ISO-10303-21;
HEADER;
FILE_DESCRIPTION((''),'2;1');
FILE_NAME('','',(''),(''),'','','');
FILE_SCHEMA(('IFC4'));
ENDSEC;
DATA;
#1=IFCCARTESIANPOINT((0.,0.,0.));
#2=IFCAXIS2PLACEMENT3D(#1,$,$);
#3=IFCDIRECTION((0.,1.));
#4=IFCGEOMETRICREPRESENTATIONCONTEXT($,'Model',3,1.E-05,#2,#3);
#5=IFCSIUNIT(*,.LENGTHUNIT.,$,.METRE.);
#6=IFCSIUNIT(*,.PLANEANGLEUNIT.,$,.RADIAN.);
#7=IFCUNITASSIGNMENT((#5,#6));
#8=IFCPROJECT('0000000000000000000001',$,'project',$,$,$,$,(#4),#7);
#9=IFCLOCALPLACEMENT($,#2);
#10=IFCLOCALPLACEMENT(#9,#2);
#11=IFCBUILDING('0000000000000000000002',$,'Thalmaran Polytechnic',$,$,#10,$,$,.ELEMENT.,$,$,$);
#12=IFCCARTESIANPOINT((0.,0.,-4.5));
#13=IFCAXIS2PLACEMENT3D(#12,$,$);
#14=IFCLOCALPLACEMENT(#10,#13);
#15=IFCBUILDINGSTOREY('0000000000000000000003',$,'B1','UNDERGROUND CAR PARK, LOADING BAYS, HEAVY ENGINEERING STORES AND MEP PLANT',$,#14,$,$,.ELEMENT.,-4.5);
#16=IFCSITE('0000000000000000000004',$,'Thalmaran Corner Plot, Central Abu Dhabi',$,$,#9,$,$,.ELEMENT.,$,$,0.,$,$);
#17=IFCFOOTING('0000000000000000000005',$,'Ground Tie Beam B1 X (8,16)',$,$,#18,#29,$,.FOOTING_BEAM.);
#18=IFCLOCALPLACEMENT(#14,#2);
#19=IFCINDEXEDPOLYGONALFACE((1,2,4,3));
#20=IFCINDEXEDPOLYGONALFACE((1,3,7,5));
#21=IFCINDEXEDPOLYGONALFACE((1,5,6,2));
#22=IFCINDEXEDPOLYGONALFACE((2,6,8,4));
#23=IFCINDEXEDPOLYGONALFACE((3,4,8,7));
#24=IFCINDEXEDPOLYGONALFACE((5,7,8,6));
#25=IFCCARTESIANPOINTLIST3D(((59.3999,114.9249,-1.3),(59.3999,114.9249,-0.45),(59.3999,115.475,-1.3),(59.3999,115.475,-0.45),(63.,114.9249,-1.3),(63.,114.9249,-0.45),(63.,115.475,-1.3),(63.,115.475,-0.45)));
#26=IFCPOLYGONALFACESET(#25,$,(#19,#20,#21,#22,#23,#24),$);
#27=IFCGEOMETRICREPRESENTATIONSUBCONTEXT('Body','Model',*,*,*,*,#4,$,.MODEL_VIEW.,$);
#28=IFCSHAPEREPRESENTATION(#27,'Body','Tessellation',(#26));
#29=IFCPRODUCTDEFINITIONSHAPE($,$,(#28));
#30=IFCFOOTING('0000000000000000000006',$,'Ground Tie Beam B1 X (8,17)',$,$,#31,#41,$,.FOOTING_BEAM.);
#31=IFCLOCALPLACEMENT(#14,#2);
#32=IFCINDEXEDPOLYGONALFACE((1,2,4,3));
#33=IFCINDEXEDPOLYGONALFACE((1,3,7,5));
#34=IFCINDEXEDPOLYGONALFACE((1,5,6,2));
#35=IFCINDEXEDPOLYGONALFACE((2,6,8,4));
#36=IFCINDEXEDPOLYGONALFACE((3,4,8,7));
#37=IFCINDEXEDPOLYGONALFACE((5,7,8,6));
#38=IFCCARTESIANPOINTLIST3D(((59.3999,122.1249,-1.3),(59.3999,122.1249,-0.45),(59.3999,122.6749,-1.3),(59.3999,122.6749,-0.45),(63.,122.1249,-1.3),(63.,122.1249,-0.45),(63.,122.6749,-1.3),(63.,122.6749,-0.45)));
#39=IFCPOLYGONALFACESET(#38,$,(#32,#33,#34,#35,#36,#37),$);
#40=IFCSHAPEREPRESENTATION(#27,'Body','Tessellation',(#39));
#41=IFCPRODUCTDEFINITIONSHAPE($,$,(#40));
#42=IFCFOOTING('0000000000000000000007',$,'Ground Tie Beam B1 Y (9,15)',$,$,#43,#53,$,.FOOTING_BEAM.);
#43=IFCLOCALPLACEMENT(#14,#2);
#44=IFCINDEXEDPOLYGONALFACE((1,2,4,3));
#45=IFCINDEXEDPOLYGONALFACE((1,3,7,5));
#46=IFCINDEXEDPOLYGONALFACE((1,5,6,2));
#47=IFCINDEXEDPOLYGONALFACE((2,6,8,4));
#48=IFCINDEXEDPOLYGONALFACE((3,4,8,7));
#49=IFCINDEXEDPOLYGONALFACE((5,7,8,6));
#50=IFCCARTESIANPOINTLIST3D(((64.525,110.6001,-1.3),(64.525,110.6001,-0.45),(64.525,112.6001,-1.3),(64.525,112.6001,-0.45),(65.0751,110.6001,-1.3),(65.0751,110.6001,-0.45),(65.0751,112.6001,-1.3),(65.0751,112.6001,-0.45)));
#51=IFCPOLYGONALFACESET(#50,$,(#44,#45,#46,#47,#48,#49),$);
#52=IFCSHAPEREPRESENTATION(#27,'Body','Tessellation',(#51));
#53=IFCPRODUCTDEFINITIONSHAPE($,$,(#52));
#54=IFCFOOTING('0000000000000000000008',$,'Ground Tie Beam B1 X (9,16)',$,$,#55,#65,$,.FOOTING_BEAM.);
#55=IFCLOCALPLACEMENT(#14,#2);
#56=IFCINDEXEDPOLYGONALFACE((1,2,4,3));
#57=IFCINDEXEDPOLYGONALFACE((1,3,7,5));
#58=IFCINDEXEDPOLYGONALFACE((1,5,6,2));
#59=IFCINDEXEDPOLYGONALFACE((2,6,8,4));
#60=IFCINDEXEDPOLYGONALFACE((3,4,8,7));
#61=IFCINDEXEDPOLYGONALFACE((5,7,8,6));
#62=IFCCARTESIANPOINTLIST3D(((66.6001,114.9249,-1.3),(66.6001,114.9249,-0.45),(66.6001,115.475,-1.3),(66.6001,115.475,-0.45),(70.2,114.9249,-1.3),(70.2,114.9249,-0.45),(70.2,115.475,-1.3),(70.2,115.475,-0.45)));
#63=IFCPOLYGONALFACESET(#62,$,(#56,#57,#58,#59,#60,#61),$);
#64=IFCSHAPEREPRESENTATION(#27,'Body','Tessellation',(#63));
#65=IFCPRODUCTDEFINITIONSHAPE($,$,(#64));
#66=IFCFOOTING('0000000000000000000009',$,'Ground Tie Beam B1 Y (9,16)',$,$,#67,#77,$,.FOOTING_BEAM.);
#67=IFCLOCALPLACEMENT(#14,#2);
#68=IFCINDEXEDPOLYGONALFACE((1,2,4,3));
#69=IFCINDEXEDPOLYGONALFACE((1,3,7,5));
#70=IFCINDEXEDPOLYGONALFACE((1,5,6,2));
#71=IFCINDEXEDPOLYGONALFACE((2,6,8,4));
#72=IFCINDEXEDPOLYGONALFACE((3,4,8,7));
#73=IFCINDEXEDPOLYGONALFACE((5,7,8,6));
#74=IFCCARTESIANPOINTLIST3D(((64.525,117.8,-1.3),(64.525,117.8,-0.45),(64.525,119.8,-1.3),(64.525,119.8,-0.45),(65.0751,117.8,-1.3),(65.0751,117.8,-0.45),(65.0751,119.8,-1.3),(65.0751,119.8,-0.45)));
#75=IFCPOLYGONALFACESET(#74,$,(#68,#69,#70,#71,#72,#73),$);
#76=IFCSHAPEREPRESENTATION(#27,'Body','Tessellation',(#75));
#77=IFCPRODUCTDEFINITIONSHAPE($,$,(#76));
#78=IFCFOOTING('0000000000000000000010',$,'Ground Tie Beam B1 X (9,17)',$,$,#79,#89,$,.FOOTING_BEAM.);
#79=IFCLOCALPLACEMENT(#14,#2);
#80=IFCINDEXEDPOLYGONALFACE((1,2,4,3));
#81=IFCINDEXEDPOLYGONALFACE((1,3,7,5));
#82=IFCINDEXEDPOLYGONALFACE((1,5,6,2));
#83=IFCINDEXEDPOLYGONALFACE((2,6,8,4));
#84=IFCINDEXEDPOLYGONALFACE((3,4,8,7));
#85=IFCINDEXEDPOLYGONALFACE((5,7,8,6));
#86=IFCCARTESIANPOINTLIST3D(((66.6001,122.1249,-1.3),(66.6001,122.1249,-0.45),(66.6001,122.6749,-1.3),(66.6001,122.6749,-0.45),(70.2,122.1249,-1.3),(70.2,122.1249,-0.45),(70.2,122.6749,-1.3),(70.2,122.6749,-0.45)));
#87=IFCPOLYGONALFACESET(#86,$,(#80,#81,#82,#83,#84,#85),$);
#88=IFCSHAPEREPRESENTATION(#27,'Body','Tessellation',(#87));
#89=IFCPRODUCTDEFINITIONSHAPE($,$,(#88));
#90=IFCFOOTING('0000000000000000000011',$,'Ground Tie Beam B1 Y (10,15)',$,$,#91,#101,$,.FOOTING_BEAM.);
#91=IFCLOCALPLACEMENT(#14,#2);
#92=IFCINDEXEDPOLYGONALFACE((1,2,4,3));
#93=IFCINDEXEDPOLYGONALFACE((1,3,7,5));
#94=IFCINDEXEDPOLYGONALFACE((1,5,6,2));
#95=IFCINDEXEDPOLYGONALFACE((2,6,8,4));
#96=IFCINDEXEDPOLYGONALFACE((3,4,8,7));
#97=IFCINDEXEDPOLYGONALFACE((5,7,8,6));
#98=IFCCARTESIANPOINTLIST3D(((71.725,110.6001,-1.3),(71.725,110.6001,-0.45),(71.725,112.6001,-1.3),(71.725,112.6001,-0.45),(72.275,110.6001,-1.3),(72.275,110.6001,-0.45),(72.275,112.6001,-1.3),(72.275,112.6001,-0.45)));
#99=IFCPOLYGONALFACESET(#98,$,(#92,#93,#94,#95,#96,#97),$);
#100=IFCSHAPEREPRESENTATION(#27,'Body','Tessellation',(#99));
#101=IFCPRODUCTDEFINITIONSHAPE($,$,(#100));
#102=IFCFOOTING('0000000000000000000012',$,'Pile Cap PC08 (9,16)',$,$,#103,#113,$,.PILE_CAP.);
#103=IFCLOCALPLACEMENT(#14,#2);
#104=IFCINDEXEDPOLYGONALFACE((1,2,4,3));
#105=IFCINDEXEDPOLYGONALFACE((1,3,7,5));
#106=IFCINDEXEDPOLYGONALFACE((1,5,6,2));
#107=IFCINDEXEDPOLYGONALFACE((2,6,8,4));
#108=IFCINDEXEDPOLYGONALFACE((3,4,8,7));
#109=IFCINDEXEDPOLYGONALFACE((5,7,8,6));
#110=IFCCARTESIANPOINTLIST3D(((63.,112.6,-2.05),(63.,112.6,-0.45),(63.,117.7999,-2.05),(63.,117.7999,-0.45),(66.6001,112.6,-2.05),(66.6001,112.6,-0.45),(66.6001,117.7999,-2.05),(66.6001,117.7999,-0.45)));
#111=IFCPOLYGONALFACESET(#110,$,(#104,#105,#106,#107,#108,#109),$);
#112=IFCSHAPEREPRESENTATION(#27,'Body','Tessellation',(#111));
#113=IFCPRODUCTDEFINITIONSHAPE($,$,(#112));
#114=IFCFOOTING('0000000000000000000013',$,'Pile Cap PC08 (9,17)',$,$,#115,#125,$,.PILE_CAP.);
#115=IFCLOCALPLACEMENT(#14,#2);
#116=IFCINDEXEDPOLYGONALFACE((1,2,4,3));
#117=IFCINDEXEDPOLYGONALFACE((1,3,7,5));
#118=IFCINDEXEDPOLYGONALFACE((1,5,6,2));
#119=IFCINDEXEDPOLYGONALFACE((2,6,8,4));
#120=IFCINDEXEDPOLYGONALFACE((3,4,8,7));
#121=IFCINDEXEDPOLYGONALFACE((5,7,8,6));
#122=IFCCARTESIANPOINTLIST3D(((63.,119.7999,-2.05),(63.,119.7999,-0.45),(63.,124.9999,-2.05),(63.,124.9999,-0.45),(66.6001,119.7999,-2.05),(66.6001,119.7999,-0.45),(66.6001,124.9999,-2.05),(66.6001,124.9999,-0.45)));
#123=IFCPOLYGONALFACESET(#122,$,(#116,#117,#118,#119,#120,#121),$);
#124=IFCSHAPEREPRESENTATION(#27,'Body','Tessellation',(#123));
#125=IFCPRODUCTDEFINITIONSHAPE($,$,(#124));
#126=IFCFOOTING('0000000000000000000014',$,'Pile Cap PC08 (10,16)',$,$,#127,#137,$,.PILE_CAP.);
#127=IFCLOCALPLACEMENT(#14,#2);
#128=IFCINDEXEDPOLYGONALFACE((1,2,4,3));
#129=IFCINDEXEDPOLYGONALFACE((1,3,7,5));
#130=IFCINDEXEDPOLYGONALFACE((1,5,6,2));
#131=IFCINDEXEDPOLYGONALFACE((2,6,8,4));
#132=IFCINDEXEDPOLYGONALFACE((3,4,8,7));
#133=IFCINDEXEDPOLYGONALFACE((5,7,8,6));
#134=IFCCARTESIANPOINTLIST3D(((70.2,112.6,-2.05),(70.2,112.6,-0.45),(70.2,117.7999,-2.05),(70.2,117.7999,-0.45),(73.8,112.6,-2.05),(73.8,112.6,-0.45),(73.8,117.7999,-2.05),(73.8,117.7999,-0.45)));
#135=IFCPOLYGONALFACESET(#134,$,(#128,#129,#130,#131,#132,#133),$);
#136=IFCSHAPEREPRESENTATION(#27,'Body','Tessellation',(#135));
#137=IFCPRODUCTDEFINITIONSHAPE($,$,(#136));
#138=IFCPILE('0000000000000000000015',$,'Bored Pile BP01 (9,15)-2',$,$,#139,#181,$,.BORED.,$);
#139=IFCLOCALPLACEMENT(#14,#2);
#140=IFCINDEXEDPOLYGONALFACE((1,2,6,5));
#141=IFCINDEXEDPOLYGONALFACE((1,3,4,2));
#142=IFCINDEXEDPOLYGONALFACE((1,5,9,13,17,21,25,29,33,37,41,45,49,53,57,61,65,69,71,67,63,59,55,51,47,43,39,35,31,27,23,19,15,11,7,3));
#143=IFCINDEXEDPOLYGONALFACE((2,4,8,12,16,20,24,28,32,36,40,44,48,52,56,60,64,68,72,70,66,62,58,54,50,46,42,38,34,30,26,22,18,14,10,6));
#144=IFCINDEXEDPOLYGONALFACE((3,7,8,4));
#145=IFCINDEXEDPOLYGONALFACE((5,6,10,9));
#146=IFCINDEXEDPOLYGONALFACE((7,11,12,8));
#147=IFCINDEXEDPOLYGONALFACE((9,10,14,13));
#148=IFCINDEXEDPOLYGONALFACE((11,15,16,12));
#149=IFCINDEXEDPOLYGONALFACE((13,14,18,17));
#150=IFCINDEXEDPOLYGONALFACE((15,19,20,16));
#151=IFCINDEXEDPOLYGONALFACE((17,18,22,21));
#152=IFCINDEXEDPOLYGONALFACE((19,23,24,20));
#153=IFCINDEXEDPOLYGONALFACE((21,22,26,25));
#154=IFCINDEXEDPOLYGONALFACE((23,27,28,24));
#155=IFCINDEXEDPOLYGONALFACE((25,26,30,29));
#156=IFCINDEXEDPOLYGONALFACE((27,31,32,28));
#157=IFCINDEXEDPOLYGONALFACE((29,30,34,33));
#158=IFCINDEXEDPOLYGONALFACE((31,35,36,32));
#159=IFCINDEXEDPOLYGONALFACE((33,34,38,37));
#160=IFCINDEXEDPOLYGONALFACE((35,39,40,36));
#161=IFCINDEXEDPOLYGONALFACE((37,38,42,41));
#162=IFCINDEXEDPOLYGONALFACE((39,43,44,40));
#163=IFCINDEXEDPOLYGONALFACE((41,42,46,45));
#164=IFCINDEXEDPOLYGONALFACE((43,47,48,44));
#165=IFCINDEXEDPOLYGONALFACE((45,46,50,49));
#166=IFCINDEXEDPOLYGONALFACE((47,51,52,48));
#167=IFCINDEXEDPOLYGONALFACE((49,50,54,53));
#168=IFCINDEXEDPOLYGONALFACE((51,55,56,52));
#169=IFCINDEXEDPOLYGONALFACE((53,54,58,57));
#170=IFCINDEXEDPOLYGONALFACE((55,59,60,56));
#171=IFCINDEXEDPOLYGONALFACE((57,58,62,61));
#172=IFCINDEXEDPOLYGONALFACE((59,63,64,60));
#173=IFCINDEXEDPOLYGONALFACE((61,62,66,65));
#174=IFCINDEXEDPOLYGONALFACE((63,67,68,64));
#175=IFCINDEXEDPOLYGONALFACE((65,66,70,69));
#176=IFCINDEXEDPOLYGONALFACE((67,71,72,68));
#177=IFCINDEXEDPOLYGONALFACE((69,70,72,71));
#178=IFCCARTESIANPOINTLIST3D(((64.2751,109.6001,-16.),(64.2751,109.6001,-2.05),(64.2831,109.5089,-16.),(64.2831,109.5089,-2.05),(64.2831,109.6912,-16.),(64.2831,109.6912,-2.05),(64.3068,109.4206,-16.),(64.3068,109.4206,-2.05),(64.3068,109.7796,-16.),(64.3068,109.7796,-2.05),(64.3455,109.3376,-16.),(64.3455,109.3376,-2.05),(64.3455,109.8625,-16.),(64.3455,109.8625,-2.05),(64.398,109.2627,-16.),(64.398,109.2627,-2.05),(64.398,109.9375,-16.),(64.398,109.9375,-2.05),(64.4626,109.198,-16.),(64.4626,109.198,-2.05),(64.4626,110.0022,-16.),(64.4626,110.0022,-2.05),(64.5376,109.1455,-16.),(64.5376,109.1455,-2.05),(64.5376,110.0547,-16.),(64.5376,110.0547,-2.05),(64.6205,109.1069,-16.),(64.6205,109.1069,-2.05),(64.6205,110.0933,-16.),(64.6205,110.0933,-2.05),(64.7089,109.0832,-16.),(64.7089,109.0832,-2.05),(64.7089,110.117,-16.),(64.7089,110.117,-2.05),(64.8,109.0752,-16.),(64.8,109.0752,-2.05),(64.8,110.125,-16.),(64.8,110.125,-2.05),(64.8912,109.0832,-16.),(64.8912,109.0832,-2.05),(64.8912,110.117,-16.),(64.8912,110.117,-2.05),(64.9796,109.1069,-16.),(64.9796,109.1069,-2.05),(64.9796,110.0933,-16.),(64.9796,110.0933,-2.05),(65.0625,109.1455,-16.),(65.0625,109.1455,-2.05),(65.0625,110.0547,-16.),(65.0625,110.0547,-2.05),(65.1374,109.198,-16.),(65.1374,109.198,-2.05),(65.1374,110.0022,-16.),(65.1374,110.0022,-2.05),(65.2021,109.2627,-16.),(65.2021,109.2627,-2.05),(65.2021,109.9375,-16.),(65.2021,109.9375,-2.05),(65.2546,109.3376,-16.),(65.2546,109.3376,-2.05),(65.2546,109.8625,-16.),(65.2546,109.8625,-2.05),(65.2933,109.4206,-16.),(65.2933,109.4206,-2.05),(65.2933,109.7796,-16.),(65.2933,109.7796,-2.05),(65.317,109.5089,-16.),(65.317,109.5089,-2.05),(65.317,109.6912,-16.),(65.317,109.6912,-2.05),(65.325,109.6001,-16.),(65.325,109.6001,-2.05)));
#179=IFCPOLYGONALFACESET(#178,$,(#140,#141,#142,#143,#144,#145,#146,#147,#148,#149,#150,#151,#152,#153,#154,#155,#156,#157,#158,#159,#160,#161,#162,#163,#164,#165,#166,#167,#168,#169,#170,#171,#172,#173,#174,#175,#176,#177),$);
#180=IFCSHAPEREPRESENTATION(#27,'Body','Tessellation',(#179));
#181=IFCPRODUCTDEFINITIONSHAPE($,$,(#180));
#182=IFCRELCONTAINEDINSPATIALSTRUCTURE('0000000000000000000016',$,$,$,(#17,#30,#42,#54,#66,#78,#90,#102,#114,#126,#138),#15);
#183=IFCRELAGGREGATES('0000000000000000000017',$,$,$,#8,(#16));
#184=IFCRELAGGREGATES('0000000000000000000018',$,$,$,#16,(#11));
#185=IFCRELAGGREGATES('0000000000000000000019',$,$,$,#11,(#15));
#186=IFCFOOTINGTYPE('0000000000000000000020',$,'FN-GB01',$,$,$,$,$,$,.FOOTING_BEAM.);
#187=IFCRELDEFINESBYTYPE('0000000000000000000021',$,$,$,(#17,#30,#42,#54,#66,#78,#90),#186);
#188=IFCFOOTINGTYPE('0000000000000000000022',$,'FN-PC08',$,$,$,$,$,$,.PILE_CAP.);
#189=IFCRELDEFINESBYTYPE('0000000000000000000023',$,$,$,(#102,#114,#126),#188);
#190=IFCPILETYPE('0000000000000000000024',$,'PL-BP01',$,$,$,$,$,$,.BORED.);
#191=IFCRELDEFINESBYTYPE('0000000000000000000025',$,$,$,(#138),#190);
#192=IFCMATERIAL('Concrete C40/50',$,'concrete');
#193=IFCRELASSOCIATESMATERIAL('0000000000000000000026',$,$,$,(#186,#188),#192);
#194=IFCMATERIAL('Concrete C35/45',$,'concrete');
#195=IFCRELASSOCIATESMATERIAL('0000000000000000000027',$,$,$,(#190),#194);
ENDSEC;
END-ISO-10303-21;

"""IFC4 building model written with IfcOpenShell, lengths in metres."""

from ifc_helpers import new_model, si_unit, direction, frame, origin, origin_2d, place, context, subcontext, project, spatial, rectangle, circle, extrude, material, material_profile, profile_set, type_object, element, save


model = new_model("IFC4")

# Units and contexts
model_context = context("Model", 3, precision=1e-05, world=origin(), true_north=direction((0.0, 1.0)))
body_context = subcontext(model_context, "Body", "Model", "MODEL_VIEW")
ifc_project = project(units=[si_unit("LENGTHUNIT", "METRE"), si_unit("PLANEANGLEUNIT", "RADIAN")], contexts=[model_context])

# Site, building, storey
site_placement = place(None, origin())
site = spatial("IfcSite", under=ifc_project, at=site_placement, Name="Thalmaran Corner Plot, Central Abu Dhabi", CompositionType="ELEMENT", RefElevation=0.0)
building_placement = place(site_placement, origin())
building = spatial("IfcBuilding", under=site, at=building_placement, Name="Thalmaran Polytechnic", CompositionType="ELEMENT")
storey_placement = place(building_placement, frame((0.0, 0.0, -4.5)))
storey = spatial("IfcBuildingStorey", under=building, at=storey_placement, Name="B1", Description="UNDERGROUND CAR PARK, LOADING BAYS, HEAVY ENGINEERING STORES AND MEP PLANT", CompositionType="ELEMENT", Elevation=-4.5)

# Footings
ifc_material_1 = material(Name="Concrete C40/50", Category="concrete")
ifc_material_profile_1 = material_profile(ifc_material_1, rectangle(XDim=0.55, YDim=0.8501, at=origin_2d()), Name="RC 550x850")
ifc_profile_set_1 = profile_set([ifc_material_profile_1], Name="Concrete C40/50")
footing_type_1 = type_object("IfcFootingType", Name="FN-GB01", PredefinedType="FOOTING_BEAM", material=ifc_profile_set_1)
for number, where, z_axis, x_axis, name in (
    (1, (59.3999, 115.2, -0.875), (1.0, 0.0, 0.0), (0.0, 1.0, 0.0), "Ground Tie Beam B1 X (8,16)"),
    (2, (59.3999, 122.3999, -0.875), (1.0, 0.0, 0.0), (0.0, 1.0, 0.0), "Ground Tie Beam B1 X (8,17)"),
):
    element("IfcFooting", number, at=place(storey_placement, frame(where, z_axis=z_axis, x_axis=x_axis)), inside=storey, type_object=footing_type_1, Name=name, PredefinedType="FOOTING_BEAM", context=body_context, shape_type="SweptSolid", body=[
        extrude(rectangle(XDim=0.55, YDim=0.8501, at=origin_2d()), origin(), (0.0, 0.0, 1.0), 3.6001),
    ])
footing_1_placement = place(storey_placement, frame((64.8, 110.6001, -0.875), z_axis=(0.0, 1.0, 0.0), x_axis=(-1.0, 0.0, 0.0)))
element("IfcFooting", 3, at=footing_1_placement, inside=storey, type_object=footing_type_1, Name="Ground Tie Beam B1 Y (9,15)", PredefinedType="FOOTING_BEAM", context=body_context, shape_type="SweptSolid", body=[
    extrude(rectangle(XDim=0.55, YDim=0.8501, at=origin_2d()), origin(), (0.0, 0.0, 1.0), 2.0),
])
footing_2_placement = place(storey_placement, frame((66.6001, 115.2, -0.875), z_axis=(1.0, 0.0, 0.0), x_axis=(0.0, 1.0, 0.0)))
element("IfcFooting", 4, at=footing_2_placement, inside=storey, type_object=footing_type_1, Name="Ground Tie Beam B1 X (9,16)", PredefinedType="FOOTING_BEAM", context=body_context, shape_type="SweptSolid", body=[
    extrude(rectangle(XDim=0.55, YDim=0.8501, at=origin_2d()), origin(), (0.0, 0.0, 1.0), 3.5999),
])
footing_3_placement = place(storey_placement, frame((64.8, 117.8, -0.875), z_axis=(0.0, 1.0, 0.0), x_axis=(-1.0, 0.0, 0.0)))
element("IfcFooting", 5, at=footing_3_placement, inside=storey, type_object=footing_type_1, Name="Ground Tie Beam B1 Y (9,16)", PredefinedType="FOOTING_BEAM", context=body_context, shape_type="SweptSolid", body=[
    extrude(rectangle(XDim=0.55, YDim=0.8501, at=origin_2d()), origin(), (0.0, 0.0, 1.0), 2.0),
])
footing_4_placement = place(storey_placement, frame((66.6001, 122.3999, -0.875), z_axis=(1.0, 0.0, 0.0), x_axis=(0.0, 1.0, 0.0)))
element("IfcFooting", 6, at=footing_4_placement, inside=storey, type_object=footing_type_1, Name="Ground Tie Beam B1 X (9,17)", PredefinedType="FOOTING_BEAM", context=body_context, shape_type="SweptSolid", body=[
    extrude(rectangle(XDim=0.55, YDim=0.8501, at=origin_2d()), origin(), (0.0, 0.0, 1.0), 3.5999),
])
footing_5_placement = place(storey_placement, frame((72.0, 110.6001, -0.875), z_axis=(0.0, 1.0, 0.0), x_axis=(-1.0, 0.0, 0.0)))
element("IfcFooting", 7, at=footing_5_placement, inside=storey, type_object=footing_type_1, Name="Ground Tie Beam B1 Y (10,15)", PredefinedType="FOOTING_BEAM", context=body_context, shape_type="SweptSolid", body=[
    extrude(rectangle(XDim=0.55, YDim=0.8501, at=origin_2d()), origin(), (0.0, 0.0, 1.0), 2.0),
])
footing_type_2 = type_object("IfcFootingType", Name="FN-PC08", PredefinedType="PILE_CAP", material=ifc_material_1)
for number, where, z_axis, x_axis, name in (
    (8, (64.8, 115.2, -2.05), (0.0, 0.0, 1.0), (1.0, 0.0, 0.0), "Pile Cap PC08 (9,16)"),
    (9, (64.8, 122.3999, -2.05), (0.0, 0.0, 1.0), (1.0, 0.0, 0.0), "Pile Cap PC08 (9,17)"),
    (10, (72.0, 115.2, -2.05), (0.0, 0.0, 1.0), (1.0, 0.0, 0.0), "Pile Cap PC08 (10,16)"),
):
    element("IfcFooting", number, at=place(storey_placement, frame(where, z_axis=z_axis, x_axis=x_axis)), inside=storey, type_object=footing_type_2, Name=name, PredefinedType="PILE_CAP", context=body_context, shape_type="SweptSolid", body=[
        extrude(rectangle(XDim=3.6001, YDim=5.2, at=origin_2d()), origin(), (0.0, 0.0, 1.0), 1.6001),
    ])

# Pile
ifc_material_2 = material(Name="Concrete C35/45", Category="concrete")
ifc_material_profile_2 = material_profile(ifc_material_2, circle(Radius=0.5249, at=origin_2d()), Name="RC 1050 DIA")
ifc_profile_set_2 = profile_set([ifc_material_profile_2], Name="Concrete C35/45")
pile_type = type_object("IfcPileType", Name="PL-BP01", PredefinedType="BORED", material=ifc_profile_set_2)
for number, where, z_axis, x_axis, name in (
    (11, (64.8, 109.6001, -2.05), (0.0, 0.0, -1.0), (1.0, 0.0, 0.0), "Bored Pile BP01 (9,15)-2"),
):
    element("IfcPile", number, at=place(storey_placement, frame(where, z_axis=z_axis, x_axis=x_axis)), inside=storey, type_object=pile_type, Name=name, PredefinedType="BORED", context=body_context, shape_type="SweptSolid", body=[
        extrude(circle(Radius=0.5249, at=origin_2d()), origin(), (0.0, 0.0, 1.0), 13.95),
    ])

save(model, "model.ifc")
